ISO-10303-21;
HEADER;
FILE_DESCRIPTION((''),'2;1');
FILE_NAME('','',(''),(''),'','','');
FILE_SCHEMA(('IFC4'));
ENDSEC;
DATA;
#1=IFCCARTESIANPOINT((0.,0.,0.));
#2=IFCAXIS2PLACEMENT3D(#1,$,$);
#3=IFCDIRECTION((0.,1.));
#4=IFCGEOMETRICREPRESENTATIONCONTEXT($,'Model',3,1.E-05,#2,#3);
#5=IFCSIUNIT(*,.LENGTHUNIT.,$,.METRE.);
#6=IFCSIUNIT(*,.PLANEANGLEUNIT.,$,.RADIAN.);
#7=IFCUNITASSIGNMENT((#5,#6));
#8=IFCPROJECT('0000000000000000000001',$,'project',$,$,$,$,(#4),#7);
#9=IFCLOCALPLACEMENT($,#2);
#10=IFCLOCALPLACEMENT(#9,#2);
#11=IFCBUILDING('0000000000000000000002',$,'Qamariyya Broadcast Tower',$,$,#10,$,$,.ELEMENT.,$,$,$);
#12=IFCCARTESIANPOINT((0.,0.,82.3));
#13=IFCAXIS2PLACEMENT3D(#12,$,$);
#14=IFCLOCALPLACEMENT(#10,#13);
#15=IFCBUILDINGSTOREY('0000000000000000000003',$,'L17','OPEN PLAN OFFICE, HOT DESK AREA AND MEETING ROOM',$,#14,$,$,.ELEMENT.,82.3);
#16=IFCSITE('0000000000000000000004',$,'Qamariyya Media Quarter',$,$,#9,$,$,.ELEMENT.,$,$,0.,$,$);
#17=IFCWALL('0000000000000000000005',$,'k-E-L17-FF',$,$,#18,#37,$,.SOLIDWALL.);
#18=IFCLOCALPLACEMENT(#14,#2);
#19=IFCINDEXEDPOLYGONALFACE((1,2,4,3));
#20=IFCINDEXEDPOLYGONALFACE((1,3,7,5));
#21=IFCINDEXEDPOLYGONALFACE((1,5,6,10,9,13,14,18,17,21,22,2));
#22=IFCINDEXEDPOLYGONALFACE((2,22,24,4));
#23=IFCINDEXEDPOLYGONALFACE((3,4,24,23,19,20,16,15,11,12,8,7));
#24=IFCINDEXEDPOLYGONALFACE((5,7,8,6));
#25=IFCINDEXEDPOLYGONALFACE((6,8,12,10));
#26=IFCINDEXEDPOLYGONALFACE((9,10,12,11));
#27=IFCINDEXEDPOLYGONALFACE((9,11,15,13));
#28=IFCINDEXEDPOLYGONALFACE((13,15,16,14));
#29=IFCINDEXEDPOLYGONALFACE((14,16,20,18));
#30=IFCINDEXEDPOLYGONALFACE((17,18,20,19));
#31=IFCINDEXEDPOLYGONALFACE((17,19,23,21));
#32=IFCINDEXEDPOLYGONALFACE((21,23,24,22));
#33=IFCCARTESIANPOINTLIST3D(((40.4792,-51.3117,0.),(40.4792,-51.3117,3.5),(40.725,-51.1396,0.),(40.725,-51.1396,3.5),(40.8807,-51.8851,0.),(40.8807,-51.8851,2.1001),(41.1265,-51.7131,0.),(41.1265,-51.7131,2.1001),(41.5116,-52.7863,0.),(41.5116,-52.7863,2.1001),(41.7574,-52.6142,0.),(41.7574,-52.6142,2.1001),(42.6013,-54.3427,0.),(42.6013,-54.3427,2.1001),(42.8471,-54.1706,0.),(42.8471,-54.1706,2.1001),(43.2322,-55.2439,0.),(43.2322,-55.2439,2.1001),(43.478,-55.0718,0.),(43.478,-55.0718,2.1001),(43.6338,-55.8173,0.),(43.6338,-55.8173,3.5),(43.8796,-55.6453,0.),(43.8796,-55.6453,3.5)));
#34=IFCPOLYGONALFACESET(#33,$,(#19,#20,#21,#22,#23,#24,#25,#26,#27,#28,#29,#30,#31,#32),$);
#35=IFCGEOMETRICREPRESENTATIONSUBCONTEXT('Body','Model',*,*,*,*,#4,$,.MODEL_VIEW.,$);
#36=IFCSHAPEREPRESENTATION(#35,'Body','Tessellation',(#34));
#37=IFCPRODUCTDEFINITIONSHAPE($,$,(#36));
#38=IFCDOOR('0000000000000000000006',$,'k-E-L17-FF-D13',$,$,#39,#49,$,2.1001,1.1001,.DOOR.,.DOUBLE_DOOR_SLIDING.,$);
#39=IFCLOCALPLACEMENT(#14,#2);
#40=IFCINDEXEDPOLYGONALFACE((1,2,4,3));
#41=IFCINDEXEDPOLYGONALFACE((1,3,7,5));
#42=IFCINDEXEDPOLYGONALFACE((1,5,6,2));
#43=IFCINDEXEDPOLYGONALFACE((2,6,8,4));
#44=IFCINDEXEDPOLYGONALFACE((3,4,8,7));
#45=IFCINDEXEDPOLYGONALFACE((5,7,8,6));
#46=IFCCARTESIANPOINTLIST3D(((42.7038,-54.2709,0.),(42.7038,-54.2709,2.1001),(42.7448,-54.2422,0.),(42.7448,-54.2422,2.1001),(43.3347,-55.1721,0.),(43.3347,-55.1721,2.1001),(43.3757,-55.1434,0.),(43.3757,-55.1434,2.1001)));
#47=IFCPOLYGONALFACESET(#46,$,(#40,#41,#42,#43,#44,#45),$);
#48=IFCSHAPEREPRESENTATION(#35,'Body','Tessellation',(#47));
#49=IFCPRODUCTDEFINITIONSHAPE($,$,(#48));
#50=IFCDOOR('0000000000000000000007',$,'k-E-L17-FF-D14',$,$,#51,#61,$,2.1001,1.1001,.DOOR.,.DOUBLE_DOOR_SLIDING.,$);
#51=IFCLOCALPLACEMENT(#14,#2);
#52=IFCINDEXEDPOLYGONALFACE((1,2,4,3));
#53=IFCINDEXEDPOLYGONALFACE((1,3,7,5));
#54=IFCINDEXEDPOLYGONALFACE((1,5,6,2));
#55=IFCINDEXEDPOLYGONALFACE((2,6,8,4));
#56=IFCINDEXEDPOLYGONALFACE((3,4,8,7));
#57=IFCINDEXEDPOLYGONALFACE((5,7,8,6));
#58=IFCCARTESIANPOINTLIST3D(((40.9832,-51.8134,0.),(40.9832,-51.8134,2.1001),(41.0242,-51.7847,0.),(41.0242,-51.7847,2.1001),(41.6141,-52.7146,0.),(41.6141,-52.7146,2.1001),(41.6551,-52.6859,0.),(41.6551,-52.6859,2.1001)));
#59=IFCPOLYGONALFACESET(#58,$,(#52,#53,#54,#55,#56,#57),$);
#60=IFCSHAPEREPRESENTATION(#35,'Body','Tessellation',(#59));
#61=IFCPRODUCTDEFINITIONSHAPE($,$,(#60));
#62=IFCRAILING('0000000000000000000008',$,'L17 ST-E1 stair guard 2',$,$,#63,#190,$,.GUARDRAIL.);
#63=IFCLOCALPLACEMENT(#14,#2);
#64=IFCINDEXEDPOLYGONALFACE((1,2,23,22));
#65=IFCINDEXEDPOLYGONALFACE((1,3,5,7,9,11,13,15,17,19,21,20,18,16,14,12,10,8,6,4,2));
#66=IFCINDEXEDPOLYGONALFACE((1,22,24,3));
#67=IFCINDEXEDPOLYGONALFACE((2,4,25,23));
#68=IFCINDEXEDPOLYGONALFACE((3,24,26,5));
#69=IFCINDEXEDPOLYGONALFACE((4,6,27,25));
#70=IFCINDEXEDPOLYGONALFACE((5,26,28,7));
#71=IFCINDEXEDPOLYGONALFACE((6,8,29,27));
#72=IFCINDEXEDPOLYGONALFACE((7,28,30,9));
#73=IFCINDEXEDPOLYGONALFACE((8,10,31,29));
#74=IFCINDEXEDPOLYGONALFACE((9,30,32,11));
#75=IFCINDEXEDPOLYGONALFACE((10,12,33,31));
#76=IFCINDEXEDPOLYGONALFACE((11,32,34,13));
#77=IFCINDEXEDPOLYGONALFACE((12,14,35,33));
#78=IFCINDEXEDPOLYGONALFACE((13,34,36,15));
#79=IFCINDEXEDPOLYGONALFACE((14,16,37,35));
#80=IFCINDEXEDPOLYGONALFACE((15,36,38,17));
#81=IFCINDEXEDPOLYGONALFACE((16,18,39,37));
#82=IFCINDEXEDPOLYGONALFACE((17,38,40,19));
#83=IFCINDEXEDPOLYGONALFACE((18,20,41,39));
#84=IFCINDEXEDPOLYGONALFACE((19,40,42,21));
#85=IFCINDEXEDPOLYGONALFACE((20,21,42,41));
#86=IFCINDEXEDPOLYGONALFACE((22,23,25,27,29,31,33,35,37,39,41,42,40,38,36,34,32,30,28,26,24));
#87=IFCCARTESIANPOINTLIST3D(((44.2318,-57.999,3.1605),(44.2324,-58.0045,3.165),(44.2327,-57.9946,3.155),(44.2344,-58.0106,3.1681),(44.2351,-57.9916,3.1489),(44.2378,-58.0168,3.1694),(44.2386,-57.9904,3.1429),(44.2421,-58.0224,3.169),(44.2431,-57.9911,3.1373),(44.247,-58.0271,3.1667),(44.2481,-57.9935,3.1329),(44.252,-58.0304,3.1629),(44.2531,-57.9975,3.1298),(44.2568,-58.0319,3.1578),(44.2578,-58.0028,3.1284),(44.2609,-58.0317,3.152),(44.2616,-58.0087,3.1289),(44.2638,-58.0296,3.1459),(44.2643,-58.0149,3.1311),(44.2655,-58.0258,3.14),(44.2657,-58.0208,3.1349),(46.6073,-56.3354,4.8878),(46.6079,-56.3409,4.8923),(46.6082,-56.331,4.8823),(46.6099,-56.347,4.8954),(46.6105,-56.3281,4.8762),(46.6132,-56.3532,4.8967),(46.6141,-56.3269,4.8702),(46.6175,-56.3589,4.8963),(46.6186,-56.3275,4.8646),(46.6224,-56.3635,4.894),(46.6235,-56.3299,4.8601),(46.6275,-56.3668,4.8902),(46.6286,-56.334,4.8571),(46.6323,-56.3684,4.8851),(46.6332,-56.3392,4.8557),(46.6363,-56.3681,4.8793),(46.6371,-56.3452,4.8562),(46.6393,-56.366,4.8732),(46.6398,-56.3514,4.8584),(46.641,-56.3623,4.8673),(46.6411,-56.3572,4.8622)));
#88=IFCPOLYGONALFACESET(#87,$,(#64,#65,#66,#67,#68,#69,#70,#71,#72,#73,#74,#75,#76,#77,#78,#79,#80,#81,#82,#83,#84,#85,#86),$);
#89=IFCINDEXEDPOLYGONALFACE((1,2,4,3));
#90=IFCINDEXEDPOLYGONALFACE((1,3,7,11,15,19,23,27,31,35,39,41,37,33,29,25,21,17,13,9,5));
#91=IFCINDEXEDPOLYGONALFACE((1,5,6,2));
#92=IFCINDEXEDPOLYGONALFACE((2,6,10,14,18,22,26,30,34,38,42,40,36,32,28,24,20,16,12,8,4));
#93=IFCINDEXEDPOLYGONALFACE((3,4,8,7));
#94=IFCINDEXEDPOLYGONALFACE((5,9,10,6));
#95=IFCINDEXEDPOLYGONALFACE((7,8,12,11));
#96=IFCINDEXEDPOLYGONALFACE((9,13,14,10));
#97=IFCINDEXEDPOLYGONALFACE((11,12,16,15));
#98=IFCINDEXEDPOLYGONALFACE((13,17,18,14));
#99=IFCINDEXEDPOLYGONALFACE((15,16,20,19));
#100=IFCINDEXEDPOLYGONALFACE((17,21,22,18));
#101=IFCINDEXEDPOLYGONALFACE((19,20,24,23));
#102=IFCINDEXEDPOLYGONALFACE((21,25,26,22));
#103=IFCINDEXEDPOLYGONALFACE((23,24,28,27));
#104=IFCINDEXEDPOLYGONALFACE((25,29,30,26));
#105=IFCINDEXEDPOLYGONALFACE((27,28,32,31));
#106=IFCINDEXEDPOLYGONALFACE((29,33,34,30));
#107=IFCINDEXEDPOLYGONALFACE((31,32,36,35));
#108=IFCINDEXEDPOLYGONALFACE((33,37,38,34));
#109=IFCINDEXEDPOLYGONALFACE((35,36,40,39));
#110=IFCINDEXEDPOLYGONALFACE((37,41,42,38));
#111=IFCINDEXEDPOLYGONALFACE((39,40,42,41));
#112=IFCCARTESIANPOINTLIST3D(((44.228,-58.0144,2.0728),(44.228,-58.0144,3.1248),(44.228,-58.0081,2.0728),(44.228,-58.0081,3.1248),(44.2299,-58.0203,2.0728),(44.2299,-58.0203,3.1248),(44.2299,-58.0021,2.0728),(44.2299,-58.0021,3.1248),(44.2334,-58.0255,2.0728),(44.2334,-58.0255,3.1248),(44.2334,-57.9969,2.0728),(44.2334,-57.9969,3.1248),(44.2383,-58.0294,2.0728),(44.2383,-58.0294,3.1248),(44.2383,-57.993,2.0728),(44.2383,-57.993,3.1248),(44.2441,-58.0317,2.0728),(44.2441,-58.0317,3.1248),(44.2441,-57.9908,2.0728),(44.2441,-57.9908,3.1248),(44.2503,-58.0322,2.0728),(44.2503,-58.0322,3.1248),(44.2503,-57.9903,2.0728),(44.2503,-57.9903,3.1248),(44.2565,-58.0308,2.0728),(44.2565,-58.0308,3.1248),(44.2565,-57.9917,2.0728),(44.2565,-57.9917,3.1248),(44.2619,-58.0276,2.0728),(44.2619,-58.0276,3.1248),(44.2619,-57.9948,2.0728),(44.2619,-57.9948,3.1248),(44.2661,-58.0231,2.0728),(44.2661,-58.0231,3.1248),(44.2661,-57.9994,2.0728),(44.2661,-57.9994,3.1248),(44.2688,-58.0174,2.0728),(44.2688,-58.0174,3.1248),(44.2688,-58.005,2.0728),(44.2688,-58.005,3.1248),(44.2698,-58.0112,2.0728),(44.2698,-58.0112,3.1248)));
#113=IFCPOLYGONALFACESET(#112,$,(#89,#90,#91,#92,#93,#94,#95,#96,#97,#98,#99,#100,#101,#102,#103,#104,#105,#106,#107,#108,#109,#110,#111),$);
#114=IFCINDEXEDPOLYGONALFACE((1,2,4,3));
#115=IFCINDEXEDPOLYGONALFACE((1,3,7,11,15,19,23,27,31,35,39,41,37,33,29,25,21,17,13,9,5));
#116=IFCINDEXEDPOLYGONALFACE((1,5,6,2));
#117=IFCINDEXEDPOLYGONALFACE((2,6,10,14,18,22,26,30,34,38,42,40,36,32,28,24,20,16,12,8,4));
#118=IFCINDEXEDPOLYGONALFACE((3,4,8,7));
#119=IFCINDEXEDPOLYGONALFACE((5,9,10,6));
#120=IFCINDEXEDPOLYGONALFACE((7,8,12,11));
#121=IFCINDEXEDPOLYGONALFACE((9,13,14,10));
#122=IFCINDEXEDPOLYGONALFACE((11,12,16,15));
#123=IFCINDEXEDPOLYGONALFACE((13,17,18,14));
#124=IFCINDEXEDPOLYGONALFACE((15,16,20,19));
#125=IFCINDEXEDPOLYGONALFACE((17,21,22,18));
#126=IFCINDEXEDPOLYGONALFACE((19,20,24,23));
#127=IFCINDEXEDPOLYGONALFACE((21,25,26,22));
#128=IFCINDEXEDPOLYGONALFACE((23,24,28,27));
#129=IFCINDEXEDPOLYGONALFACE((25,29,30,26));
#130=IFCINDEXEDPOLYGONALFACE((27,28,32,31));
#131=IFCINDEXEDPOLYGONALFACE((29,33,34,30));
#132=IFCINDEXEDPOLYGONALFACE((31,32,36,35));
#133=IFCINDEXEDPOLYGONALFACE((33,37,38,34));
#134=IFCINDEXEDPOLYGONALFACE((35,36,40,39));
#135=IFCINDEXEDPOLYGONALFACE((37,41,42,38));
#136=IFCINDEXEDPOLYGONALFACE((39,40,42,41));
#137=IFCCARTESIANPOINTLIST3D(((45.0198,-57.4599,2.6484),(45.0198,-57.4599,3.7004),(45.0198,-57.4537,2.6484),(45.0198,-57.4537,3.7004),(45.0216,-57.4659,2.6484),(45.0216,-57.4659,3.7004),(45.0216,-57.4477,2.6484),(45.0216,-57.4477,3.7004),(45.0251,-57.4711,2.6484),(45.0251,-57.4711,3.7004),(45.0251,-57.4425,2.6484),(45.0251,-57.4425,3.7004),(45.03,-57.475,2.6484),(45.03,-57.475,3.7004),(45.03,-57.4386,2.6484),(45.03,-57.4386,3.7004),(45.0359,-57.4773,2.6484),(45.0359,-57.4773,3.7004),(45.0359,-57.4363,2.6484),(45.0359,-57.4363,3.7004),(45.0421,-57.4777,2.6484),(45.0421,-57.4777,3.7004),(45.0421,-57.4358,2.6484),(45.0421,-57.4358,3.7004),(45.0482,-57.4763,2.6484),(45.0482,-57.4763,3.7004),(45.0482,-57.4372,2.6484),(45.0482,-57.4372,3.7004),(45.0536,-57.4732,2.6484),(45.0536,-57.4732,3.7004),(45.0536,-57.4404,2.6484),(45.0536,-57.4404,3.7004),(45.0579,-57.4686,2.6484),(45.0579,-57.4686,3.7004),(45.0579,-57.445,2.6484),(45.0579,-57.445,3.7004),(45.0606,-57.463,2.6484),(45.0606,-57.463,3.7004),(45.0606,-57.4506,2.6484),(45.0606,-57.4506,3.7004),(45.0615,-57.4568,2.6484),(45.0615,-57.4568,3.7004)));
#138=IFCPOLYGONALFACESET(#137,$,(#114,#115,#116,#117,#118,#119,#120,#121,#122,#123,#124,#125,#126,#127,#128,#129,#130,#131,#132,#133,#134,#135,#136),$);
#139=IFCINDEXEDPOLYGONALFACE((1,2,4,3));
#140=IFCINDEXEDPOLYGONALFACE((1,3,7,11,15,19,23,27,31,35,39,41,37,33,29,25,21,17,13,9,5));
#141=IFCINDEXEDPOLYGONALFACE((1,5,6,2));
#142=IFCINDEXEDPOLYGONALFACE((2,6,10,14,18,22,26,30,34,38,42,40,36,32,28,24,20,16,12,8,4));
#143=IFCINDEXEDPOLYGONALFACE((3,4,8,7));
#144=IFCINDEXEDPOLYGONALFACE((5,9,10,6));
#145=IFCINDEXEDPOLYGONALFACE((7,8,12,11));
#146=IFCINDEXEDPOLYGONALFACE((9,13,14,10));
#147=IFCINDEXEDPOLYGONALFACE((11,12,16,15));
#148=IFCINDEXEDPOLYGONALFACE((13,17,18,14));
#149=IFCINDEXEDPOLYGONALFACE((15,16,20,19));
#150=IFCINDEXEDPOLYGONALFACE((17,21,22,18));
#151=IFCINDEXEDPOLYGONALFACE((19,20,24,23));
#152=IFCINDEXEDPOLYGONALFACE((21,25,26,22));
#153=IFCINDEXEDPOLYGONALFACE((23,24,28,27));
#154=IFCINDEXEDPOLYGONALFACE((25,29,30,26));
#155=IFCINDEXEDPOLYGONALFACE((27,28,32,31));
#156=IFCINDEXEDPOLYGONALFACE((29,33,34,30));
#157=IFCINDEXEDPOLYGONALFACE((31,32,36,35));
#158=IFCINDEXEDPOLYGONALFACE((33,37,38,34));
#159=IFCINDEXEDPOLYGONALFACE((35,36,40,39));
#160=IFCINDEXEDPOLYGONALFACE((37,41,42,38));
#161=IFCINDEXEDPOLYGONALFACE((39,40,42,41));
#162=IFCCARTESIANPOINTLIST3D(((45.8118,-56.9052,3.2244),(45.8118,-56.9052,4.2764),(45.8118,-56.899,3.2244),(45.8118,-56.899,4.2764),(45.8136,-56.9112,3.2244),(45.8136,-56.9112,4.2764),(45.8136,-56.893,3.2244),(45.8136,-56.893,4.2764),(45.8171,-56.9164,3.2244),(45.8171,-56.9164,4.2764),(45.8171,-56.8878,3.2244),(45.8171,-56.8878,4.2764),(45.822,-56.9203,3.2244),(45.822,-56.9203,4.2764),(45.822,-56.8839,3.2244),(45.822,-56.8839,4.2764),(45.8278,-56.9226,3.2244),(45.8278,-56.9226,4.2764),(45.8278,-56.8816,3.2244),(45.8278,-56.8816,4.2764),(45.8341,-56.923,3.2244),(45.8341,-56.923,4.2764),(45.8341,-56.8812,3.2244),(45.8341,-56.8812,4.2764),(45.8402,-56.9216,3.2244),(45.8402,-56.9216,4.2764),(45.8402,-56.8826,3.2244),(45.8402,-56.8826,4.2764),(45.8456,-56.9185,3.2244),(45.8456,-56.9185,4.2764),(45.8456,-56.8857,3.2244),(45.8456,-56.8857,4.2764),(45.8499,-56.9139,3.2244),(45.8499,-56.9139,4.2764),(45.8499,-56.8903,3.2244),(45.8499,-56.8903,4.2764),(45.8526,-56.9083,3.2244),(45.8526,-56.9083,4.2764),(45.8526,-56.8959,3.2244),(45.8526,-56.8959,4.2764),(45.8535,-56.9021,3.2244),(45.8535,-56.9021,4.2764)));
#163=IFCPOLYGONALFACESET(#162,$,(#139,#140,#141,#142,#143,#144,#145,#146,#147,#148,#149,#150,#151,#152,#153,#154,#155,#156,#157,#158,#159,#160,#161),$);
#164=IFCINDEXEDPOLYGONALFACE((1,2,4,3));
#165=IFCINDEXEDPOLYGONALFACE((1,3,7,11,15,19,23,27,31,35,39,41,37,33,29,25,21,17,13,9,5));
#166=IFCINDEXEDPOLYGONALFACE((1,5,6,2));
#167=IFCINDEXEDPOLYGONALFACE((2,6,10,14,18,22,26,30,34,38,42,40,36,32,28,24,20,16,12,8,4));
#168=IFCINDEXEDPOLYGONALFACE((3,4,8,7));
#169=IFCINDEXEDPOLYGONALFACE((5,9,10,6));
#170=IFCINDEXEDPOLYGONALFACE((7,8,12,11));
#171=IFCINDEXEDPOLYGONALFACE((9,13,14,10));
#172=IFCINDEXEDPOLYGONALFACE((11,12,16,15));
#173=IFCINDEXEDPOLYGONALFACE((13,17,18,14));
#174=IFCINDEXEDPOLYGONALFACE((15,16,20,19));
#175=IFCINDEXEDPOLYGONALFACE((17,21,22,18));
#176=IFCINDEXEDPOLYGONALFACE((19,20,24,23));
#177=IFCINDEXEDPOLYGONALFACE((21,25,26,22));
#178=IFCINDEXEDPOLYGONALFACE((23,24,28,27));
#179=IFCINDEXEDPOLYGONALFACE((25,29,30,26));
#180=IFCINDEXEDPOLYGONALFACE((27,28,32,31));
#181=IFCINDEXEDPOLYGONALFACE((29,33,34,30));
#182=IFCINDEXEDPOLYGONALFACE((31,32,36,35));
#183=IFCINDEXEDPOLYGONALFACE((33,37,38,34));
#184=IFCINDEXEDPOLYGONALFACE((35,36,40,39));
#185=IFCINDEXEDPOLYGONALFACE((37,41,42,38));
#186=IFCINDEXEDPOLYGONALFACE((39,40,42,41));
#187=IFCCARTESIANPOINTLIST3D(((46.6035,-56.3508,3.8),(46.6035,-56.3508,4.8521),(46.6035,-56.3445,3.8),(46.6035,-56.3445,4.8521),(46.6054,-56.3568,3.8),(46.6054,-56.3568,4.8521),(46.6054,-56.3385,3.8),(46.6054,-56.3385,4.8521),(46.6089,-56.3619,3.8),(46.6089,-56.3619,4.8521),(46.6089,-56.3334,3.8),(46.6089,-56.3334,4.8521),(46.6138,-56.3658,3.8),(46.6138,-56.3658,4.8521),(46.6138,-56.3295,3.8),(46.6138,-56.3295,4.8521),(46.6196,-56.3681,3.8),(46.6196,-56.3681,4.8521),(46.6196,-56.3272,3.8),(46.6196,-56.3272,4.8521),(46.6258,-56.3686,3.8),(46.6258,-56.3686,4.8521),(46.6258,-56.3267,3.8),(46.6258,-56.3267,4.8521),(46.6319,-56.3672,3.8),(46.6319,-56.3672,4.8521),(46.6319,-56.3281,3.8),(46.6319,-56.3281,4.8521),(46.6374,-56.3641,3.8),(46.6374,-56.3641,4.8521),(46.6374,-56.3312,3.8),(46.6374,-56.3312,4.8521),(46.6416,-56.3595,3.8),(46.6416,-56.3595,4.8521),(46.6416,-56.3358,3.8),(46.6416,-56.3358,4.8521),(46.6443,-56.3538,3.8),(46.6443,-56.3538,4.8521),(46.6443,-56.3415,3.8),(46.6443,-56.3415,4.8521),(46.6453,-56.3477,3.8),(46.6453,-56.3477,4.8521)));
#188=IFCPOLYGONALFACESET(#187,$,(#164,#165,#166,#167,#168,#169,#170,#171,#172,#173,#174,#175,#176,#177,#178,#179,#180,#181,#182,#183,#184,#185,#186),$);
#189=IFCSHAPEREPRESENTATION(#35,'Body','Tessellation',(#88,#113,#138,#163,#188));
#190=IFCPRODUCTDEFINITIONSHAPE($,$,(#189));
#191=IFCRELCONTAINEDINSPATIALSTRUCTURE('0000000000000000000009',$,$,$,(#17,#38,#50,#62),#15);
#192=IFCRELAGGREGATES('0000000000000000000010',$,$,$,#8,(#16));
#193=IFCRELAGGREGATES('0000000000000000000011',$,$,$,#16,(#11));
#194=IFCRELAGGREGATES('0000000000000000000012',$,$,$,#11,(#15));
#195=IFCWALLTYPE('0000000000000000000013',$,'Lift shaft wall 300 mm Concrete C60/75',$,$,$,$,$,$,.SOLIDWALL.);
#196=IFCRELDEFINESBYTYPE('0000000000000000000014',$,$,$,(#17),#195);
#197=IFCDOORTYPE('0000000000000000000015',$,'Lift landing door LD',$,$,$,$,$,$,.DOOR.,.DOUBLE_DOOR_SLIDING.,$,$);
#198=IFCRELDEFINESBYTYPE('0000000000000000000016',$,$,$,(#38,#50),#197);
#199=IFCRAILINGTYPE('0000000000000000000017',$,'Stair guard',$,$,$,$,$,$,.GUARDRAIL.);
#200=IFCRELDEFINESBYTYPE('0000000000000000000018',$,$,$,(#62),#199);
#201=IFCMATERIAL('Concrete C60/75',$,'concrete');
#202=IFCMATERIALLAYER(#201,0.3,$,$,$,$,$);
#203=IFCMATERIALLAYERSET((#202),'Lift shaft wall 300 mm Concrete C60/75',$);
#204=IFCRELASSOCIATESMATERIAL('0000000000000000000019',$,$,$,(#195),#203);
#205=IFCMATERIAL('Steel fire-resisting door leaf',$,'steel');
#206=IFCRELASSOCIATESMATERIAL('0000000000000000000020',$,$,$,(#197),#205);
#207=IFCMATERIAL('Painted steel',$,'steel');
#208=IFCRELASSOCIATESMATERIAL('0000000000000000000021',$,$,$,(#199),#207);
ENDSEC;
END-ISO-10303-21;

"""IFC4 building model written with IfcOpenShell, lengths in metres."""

from ifc_helpers import new_model, si_unit, direction, frame, frame_2d, origin, origin_2d, place, context, subcontext, project, spatial, rectangle, circle, extrude, material, layer, layer_set, type_object, element, fill, save


model = new_model("IFC4")

# Units and contexts
model_context = context("Model", 3, precision=1e-05, world=origin(), true_north=direction((0.0, 1.0)))
body_context = subcontext(model_context, "Body", "Model", "MODEL_VIEW")
ifc_project = project(units=[si_unit("LENGTHUNIT", "METRE"), si_unit("PLANEANGLEUNIT", "RADIAN")], contexts=[model_context])

# Site, building, storey
site_placement = place(None, origin())
site = spatial("IfcSite", under=ifc_project, at=site_placement, Name="Qamariyya Media Quarter", CompositionType="ELEMENT", RefElevation=0.0)
building_placement = place(site_placement, origin())
building = spatial("IfcBuilding", under=site, at=building_placement, Name="Qamariyya Broadcast Tower", CompositionType="ELEMENT")
storey_placement = place(building_placement, frame((0.0, 0.0, 82.3)))
storey = spatial("IfcBuildingStorey", under=building, at=storey_placement, Name="L17", Description="OPEN PLAN OFFICE, HOT DESK AREA AND MEETING ROOM", CompositionType="ELEMENT", Elevation=82.3)

# Shared definitions
ifc_material_1 = material(Name="Steel fire-resisting door leaf", Category="steel")

# Shared definitions
ifc_material_2 = material(Name="Concrete C60/75", Category="concrete")
ifc_layer_1 = layer(ifc_material_2, 0.3)
ifc_layer_set_1 = layer_set([ifc_layer_1], Name="Lift shaft wall 300 mm Concrete C60/75")
wall_type_1 = type_object("IfcWallType", Name="Lift shaft wall 300 mm Concrete C60/75", PredefinedType="SOLIDWALL", material=ifc_layer_set_1)

# Wall, openings, doors
wall_1_placement = place(storey_placement, frame((43.7566, -55.7312, 0.0), z_axis=(0.0, 0.0, 1.0), x_axis=(-0.573537, 0.81918, 0.0)))
wall_1 = element("IfcWall", 1, at=wall_1_placement, inside=storey, type_object=wall_type_1, Name="k-E-L17-FF", PredefinedType="SOLIDWALL", context=body_context, shape_type="SweptSolid", body=[
    extrude(rectangle(XDim=5.5002, YDim=0.3, at=frame_2d((2.75, 0.0))), origin(), (0.0, 0.0, 1.0), 3.5),
])
opening_1_placement = place(wall_1_placement, frame((0.7, 0.0, 0.0)))
opening_1 = element("IfcOpeningElement", 2, at=opening_1_placement, cuts=wall_1, PredefinedType="OPENING", context=body_context, shape_type="SweptSolid", body=[
    extrude(rectangle(XDim=1.1001, YDim=2.1001, at=frame_2d((0.55, 1.05))), frame((0.0, 0.1599, 0.0), z_axis=(0.0, -1.0, 0.0), x_axis=(1.0, 0.0, 0.0)), (0.0, 0.0, 1.0), 0.3201),
])
opening_2_placement = place(wall_1_placement, frame((3.7, 0.0, 0.0)))
opening_2 = element("IfcOpeningElement", 3, at=opening_2_placement, cuts=wall_1, PredefinedType="OPENING", context=body_context, shape_type="SweptSolid", body=[
    extrude(rectangle(XDim=1.1001, YDim=2.1001, at=frame_2d((0.55, 1.05))), frame((0.0, 0.1599, 0.0), z_axis=(0.0, -1.0, 0.0), x_axis=(1.0, 0.0, 0.0)), (0.0, 0.0, 1.0), 0.3201),
])
door_type_1 = type_object("IfcDoorType", Name="Lift landing door LD", OperationType="DOUBLE_DOOR_SLIDING", PredefinedType="DOOR", material=ifc_material_1)
door_1_placement = place(opening_1_placement, origin())
door_1 = element("IfcDoor", 4, at=door_1_placement, inside=storey, type_object=door_type_1, Name="k-E-L17-FF-D13", OperationType="DOUBLE_DOOR_SLIDING", OverallHeight=2.1001, OverallWidth=1.1001, PredefinedType="DOOR", context=body_context, shape_type="SweptSolid", body=[
    extrude(rectangle(XDim=1.1001, YDim=2.1001, at=frame_2d((0.55, 1.05))), frame((0.0, 0.0249, 0.0), z_axis=(0.0, -1.0, 0.0), x_axis=(1.0, 0.0, 0.0)), (0.0, 0.0, 1.0), 0.05),
])
fill(opening_1, door_1)
door_2_placement = place(opening_2_placement, origin())
door_2 = element("IfcDoor", 5, at=door_2_placement, inside=storey, type_object=door_type_1, Name="k-E-L17-FF-D14", OperationType="DOUBLE_DOOR_SLIDING", OverallHeight=2.1001, OverallWidth=1.1001, PredefinedType="DOOR", context=body_context, shape_type="SweptSolid", body=[
    extrude(rectangle(XDim=1.1001, YDim=2.1001, at=frame_2d((0.55, 1.05))), frame((0.0, 0.0249, 0.0), z_axis=(0.0, -1.0, 0.0), x_axis=(1.0, 0.0, 0.0)), (0.0, 0.0, 1.0), 0.05),
])
fill(opening_2, door_2)

# Railing
ifc_material_3 = material(Name="Painted steel", Category="steel")
railing_type_1 = type_object("IfcRailingType", Name="Stair guard", PredefinedType="GUARDRAIL", material=ifc_material_3)
railing_1_placement = place(storey_placement, frame((44.2488, -58.0112, 2.0728)))
element("IfcRailing", 6, at=railing_1_placement, inside=storey, type_object=railing_type_1, Name="L17 ST-E1 stair guard 2", PredefinedType="GUARDRAIL", context=body_context, shape_type="SweptSolid", body=[
    extrude(circle(Radius=0.0239, at=origin_2d()), frame((0.0, 0.0, 1.0762), z_axis=(0.703745, 0.492838, 0.511716), x_axis=(-0.573632, 0.819113, 0.0)), (0.0, 0.0, 1.0), 3.3755),
    extrude(circle(Radius=0.021, at=origin_2d()), origin(), (0.0, 0.0, 1.0), 1.052),
    extrude(circle(Radius=0.021, at=origin_2d()), frame((0.7917, 0.5544, 0.5757)), (0.0, 0.0, 1.0), 1.052),
    extrude(circle(Radius=0.021, at=origin_2d()), frame((1.5837, 1.1091, 1.1516)), (0.0, 0.0, 1.0), 1.052),
    extrude(circle(Radius=0.021, at=origin_2d()), frame((2.3755, 1.6636, 1.7273)), (0.0, 0.0, 1.0), 1.052),
])

save(model, "model.ifc")
